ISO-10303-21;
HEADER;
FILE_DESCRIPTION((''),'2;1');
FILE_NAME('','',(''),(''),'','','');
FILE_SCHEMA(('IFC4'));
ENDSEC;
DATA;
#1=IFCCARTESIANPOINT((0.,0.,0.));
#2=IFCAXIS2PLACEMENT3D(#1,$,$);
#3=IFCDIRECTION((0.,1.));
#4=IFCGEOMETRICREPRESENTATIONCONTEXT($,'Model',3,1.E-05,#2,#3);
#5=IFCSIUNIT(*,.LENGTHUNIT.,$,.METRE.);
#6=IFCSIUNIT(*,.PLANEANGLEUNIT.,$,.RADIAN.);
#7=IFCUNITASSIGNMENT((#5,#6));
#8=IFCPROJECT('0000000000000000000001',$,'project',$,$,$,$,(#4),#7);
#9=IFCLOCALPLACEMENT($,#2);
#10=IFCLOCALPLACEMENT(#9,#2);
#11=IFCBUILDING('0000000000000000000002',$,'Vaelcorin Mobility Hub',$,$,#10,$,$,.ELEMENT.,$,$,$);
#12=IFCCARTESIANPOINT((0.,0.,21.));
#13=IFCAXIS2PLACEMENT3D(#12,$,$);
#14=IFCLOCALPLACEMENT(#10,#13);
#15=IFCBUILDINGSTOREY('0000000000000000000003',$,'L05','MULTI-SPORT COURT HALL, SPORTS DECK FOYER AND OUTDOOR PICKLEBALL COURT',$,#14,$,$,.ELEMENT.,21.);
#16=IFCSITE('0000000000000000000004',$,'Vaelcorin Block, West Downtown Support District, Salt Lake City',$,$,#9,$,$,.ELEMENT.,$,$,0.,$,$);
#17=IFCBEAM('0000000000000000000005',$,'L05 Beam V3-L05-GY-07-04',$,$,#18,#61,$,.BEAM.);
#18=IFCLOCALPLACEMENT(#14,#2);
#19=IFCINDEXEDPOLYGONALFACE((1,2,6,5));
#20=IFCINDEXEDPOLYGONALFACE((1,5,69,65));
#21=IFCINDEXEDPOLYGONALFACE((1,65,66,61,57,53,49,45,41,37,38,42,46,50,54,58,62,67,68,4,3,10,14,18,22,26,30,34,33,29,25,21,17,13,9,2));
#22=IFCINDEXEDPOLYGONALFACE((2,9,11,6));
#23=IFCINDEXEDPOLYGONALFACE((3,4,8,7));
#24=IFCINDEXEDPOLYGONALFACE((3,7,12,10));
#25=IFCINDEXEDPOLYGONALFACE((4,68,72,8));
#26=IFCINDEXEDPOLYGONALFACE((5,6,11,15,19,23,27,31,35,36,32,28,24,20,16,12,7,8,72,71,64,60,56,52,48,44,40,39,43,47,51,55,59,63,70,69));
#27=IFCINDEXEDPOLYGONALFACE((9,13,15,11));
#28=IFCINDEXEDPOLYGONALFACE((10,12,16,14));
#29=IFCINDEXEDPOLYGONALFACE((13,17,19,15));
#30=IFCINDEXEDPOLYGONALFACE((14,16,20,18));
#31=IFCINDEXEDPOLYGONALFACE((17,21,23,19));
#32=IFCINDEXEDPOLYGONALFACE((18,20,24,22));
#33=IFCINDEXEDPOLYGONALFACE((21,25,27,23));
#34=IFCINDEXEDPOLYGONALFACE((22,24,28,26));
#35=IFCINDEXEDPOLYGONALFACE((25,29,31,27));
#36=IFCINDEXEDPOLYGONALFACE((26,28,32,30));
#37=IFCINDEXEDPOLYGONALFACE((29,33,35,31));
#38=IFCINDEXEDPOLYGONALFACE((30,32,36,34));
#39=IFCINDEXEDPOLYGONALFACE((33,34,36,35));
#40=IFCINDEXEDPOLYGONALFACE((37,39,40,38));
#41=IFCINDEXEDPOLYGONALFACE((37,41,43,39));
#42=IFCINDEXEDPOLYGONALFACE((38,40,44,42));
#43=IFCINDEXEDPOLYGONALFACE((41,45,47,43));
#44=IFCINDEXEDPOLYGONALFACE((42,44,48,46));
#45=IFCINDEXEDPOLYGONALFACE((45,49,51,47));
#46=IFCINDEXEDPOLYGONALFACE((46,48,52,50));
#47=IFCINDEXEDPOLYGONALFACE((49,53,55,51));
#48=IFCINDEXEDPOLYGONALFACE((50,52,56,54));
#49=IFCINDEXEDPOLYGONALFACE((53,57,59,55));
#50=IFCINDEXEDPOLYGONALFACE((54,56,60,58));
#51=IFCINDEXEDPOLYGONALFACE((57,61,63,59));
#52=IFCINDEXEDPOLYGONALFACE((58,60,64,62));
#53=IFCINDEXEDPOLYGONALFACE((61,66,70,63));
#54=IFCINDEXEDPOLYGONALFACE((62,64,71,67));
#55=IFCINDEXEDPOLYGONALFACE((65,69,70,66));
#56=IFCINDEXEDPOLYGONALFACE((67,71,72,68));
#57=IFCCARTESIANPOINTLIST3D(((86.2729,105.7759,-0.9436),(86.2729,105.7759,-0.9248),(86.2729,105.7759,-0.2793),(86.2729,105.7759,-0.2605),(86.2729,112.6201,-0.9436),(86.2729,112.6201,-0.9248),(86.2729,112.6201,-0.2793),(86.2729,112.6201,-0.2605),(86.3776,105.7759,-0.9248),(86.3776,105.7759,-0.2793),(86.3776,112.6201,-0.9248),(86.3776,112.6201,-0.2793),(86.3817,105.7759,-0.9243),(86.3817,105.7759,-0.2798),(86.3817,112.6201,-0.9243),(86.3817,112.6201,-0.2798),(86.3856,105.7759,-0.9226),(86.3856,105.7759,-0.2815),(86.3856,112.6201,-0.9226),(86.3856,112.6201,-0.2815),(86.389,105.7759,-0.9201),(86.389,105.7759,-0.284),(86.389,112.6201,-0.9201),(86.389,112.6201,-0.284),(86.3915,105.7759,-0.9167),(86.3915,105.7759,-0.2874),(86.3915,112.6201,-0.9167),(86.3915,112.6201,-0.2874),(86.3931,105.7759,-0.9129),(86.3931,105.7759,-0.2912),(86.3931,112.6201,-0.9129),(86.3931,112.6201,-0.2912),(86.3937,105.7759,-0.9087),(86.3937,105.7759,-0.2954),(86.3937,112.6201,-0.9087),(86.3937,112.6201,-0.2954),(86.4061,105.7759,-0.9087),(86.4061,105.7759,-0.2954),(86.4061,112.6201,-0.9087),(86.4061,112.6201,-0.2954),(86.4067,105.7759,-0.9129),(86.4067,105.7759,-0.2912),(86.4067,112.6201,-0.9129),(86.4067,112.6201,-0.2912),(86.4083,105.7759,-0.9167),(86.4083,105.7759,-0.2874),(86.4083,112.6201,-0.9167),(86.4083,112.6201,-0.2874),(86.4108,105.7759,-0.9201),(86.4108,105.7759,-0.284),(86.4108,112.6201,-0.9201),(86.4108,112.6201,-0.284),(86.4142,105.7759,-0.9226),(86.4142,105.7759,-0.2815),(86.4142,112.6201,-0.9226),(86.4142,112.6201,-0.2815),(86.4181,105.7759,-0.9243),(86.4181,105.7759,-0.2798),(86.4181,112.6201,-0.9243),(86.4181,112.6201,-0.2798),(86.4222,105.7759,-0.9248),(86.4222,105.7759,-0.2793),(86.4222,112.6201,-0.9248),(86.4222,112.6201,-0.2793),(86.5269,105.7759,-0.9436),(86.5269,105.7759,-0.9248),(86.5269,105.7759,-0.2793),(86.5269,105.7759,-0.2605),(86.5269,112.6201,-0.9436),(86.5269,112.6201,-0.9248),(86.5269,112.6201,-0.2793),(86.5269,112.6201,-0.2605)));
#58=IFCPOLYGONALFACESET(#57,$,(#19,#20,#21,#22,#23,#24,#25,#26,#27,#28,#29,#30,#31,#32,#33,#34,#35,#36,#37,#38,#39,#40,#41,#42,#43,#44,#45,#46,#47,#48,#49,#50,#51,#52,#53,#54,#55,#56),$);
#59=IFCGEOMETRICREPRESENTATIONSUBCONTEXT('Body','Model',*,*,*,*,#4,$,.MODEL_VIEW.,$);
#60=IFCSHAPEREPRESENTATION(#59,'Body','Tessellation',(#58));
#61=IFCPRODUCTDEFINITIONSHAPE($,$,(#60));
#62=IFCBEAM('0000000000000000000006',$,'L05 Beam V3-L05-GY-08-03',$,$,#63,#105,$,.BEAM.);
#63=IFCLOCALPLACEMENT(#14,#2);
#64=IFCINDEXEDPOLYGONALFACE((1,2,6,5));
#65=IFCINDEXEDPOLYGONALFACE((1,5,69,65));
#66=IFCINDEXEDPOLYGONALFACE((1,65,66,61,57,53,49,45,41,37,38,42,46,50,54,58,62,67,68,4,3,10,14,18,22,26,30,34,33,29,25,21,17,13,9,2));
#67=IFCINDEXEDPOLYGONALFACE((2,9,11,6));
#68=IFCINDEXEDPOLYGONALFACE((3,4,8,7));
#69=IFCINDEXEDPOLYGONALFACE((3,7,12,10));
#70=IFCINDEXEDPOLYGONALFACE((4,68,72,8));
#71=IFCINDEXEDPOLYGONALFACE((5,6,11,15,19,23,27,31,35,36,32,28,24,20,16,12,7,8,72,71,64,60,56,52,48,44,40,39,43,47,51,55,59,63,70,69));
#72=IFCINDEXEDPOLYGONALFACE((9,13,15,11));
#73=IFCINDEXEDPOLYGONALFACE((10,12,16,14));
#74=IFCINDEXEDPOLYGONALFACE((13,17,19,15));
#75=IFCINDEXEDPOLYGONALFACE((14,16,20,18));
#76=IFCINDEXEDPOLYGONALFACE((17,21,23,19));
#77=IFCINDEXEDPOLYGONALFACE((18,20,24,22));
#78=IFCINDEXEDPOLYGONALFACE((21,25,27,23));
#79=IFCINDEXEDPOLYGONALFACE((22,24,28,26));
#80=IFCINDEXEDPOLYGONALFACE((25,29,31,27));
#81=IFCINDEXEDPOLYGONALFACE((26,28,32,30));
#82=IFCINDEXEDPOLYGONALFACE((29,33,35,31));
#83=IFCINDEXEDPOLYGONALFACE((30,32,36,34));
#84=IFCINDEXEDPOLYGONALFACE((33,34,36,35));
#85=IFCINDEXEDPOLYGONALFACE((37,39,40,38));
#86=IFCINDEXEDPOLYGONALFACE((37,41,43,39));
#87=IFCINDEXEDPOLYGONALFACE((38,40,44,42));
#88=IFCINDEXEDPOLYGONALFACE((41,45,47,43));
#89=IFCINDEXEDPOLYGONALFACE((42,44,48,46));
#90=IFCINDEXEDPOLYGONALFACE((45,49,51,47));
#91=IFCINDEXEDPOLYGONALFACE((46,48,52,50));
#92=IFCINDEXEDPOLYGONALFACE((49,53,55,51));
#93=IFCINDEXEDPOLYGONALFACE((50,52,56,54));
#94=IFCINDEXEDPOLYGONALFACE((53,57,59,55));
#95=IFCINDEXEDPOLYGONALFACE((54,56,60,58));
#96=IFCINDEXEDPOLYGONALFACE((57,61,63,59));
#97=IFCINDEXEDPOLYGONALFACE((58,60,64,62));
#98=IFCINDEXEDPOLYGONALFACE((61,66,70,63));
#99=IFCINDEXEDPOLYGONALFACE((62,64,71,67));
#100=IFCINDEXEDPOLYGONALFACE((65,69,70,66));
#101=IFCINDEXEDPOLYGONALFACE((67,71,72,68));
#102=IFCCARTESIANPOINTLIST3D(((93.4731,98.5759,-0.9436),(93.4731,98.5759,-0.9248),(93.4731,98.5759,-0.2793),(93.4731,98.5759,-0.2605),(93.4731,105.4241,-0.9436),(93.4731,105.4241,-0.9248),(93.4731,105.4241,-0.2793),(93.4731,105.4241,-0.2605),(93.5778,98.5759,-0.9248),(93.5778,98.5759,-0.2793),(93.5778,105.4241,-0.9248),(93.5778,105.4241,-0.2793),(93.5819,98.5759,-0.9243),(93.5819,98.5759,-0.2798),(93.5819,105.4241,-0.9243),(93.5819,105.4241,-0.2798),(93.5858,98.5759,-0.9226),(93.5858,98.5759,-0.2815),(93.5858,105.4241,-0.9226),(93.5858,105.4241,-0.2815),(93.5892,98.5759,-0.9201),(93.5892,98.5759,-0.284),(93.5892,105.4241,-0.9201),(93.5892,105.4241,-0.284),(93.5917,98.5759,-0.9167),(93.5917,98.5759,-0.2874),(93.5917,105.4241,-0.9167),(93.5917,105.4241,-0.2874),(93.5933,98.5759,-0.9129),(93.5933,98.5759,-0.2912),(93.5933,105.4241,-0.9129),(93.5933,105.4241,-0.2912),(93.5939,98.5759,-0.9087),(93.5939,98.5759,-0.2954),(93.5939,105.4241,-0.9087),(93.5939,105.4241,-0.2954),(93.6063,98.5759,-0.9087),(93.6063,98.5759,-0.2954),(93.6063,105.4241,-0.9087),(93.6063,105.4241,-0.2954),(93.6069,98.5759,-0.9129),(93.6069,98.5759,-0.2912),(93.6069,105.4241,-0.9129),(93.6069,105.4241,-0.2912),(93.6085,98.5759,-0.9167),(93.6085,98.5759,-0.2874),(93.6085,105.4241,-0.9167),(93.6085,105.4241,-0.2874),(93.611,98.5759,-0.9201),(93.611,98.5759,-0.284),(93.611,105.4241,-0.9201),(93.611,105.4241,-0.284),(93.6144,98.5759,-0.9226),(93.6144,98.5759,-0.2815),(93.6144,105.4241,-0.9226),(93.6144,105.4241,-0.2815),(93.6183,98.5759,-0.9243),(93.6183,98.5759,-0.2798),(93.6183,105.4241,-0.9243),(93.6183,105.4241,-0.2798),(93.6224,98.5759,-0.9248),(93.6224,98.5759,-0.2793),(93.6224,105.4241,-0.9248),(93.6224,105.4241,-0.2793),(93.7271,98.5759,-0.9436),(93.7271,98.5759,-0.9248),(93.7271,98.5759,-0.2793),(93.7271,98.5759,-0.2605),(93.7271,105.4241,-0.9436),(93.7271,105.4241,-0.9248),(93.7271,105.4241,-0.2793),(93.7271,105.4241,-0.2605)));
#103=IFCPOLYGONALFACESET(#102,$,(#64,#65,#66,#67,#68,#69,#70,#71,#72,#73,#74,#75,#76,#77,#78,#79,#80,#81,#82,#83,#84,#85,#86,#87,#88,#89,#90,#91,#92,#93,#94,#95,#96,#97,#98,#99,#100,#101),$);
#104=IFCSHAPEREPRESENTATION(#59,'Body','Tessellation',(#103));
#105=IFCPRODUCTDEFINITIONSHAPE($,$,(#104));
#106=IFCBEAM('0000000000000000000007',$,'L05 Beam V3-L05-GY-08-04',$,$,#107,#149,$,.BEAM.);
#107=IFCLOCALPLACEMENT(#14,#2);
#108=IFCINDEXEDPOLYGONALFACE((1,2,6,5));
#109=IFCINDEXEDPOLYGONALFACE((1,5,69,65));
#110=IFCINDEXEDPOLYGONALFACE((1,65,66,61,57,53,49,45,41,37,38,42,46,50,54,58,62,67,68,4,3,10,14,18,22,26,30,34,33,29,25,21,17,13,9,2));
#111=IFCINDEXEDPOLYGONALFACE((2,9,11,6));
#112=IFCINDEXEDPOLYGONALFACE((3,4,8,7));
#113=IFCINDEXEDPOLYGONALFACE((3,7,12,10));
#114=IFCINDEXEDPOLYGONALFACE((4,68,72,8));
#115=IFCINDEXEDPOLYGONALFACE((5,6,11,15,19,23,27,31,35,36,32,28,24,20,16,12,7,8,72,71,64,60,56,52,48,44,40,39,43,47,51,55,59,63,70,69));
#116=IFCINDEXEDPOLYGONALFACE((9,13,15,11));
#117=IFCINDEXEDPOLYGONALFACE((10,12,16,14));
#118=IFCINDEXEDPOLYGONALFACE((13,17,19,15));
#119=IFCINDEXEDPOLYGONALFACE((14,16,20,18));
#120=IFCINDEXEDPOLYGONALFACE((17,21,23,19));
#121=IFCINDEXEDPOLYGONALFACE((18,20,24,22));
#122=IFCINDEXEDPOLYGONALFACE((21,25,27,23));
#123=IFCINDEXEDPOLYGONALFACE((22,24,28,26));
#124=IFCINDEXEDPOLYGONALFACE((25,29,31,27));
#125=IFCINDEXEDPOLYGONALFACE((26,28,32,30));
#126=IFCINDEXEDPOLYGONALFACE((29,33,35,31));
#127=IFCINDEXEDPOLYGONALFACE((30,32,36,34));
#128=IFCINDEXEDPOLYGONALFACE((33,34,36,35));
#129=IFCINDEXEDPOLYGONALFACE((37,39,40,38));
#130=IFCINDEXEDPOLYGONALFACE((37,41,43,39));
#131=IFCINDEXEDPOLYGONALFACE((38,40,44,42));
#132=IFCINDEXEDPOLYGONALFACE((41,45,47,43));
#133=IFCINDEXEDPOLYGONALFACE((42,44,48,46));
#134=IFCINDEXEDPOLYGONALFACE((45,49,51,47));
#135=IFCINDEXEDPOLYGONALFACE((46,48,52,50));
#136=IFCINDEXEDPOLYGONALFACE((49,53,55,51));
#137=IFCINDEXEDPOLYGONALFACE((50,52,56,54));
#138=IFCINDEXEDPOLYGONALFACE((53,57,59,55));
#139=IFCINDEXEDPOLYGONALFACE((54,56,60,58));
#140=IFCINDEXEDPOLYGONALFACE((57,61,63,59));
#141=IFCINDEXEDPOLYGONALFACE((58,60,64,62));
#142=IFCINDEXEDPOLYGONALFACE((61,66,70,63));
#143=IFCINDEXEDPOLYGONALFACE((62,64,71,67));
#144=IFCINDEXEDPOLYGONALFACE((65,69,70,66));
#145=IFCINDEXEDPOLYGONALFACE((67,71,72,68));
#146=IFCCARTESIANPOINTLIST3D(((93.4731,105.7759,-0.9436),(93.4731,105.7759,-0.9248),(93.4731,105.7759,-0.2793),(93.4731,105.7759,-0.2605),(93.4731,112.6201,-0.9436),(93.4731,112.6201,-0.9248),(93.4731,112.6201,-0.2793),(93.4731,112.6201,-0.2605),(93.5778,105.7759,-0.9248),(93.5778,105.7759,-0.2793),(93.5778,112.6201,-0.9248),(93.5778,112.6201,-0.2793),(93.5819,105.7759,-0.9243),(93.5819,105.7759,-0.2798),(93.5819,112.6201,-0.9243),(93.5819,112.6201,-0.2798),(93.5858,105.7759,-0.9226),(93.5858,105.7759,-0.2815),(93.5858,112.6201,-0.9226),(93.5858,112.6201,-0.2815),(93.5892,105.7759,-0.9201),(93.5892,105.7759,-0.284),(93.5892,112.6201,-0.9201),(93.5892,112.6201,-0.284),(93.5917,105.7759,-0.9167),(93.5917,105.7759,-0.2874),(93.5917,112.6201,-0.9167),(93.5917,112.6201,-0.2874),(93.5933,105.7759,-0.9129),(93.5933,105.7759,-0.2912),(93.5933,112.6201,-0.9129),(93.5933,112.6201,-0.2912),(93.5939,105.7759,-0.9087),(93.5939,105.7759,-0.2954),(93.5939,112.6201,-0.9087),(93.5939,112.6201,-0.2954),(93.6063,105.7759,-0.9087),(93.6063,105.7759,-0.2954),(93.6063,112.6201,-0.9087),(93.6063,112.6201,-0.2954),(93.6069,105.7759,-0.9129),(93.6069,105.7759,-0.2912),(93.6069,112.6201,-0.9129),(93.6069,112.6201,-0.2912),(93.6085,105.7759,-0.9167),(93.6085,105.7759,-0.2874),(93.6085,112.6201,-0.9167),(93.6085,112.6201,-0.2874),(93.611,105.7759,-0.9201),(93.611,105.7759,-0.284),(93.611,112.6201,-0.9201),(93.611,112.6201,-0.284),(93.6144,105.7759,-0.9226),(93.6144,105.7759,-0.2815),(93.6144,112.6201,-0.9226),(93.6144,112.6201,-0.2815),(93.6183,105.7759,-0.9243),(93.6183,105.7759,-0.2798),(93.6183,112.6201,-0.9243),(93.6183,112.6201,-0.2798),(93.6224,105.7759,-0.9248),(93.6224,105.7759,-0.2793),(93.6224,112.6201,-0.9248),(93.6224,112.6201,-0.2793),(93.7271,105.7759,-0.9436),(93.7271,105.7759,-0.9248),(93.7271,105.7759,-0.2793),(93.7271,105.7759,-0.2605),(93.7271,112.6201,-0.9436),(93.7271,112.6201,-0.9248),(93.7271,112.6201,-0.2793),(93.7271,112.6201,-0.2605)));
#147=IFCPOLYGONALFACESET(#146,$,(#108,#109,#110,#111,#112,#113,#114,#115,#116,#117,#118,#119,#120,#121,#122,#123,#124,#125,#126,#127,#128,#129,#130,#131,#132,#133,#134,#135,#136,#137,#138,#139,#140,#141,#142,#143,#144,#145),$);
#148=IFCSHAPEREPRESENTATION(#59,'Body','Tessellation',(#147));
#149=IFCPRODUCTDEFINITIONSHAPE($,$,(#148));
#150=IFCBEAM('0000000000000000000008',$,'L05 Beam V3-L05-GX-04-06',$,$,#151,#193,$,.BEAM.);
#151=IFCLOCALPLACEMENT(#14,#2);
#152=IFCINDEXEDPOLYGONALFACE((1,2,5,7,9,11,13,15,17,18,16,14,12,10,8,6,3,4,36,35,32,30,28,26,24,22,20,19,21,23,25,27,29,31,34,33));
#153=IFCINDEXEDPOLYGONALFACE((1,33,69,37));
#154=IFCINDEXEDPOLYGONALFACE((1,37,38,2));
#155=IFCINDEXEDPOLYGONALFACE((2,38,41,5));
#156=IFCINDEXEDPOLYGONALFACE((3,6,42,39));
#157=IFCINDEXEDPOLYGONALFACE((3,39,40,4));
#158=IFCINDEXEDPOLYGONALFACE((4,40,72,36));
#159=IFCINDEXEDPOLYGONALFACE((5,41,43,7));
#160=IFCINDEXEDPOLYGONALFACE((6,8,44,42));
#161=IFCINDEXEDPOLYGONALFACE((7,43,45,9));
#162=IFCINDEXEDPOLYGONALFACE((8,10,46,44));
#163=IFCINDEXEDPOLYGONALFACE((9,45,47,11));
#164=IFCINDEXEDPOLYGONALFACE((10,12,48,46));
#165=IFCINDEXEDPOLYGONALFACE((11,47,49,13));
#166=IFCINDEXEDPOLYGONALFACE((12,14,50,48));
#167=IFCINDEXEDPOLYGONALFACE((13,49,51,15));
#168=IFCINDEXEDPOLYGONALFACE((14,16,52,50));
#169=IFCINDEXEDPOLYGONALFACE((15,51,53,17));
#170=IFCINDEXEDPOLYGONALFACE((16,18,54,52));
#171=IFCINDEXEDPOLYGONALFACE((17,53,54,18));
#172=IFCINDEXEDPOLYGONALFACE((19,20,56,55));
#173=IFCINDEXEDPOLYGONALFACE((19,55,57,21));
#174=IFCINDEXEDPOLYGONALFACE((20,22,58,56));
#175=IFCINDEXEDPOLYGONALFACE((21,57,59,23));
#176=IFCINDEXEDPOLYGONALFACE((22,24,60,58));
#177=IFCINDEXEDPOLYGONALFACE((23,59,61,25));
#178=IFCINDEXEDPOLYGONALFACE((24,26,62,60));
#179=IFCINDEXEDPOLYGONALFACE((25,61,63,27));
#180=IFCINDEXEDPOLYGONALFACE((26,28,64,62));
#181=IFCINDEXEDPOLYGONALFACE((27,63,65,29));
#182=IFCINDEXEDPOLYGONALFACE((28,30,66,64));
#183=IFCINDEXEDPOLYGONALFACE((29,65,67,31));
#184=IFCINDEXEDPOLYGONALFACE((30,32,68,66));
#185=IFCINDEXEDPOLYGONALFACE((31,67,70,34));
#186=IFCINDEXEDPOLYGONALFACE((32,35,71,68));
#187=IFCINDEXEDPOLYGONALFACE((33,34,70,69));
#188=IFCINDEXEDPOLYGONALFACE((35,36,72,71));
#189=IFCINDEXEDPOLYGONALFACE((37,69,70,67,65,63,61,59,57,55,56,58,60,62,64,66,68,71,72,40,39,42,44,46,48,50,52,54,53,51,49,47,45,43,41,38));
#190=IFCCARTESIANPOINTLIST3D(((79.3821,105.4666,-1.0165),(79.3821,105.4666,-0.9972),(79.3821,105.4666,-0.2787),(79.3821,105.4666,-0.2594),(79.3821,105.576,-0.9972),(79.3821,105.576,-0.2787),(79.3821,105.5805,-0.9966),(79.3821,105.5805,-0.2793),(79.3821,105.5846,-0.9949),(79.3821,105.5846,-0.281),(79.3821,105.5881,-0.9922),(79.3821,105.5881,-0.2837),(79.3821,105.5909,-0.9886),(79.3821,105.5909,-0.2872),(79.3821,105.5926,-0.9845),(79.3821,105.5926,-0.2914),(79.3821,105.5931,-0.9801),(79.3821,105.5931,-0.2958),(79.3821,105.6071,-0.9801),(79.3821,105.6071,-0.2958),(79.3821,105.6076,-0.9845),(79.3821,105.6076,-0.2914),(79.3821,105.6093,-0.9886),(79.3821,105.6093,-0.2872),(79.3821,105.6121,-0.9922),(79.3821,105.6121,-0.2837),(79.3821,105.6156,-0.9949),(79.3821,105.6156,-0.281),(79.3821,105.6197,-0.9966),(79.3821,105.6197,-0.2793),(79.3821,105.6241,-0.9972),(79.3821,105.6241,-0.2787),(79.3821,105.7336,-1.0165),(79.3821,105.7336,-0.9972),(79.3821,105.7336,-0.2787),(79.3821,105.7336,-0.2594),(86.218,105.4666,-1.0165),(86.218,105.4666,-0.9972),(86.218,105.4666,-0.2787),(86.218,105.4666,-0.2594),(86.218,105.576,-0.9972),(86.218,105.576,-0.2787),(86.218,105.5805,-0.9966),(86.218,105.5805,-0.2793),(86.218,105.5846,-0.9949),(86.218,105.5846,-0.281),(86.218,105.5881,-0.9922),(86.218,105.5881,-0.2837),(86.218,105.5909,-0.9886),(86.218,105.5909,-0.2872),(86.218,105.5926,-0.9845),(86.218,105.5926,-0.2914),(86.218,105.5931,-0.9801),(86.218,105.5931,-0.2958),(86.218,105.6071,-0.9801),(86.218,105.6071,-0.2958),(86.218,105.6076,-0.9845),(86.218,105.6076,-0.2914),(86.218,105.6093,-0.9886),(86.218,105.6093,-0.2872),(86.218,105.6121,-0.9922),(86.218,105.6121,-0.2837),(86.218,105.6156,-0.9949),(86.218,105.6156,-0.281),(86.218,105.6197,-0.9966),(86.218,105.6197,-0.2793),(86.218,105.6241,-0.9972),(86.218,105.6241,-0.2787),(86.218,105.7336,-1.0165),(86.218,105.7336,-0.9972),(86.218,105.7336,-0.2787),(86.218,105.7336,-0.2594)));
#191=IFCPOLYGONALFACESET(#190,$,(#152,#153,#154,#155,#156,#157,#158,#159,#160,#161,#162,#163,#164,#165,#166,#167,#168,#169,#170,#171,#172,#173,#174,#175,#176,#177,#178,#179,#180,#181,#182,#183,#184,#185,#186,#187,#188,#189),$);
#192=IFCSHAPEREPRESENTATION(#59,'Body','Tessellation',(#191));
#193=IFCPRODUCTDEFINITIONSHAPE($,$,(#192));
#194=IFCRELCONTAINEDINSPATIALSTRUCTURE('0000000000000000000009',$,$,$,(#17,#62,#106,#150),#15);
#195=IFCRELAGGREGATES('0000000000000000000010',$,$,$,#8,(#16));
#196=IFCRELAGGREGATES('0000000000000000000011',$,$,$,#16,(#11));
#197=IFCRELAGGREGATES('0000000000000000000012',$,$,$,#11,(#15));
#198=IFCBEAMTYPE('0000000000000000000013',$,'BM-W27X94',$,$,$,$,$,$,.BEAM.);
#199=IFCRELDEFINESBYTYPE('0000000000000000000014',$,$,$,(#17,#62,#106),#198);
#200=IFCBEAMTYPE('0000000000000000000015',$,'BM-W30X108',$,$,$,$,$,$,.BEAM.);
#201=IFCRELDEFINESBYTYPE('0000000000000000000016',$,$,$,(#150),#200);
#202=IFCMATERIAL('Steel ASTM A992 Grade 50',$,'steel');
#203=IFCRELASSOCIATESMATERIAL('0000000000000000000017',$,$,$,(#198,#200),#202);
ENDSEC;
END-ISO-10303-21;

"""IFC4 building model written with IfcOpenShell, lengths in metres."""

from ifc_helpers import new_model, si_unit, direction, frame, origin, origin_2d, place, context, subcontext, project, spatial, i_section, extrude, material, material_profile, profile_set, type_object, element, save


model = new_model("IFC4")

# Units and contexts
model_context = context("Model", 3, precision=1e-05, world=origin(), true_north=direction((0.0, 1.0)))
body_context = subcontext(model_context, "Body", "Model", "MODEL_VIEW")
ifc_project = project(units=[si_unit("LENGTHUNIT", "METRE"), si_unit("PLANEANGLEUNIT", "RADIAN")], contexts=[model_context])

# Site, building, storey
site_placement = place(None, origin())
site = spatial("IfcSite", under=ifc_project, at=site_placement, Name="Vaelcorin Block, West Downtown Support District, Salt Lake City", CompositionType="ELEMENT", RefElevation=0.0)
building_placement = place(site_placement, origin())
building = spatial("IfcBuilding", under=site, at=building_placement, Name="Vaelcorin Mobility Hub", CompositionType="ELEMENT")
storey_placement = place(building_placement, frame((0.0, 0.0, 21.0)))
storey = spatial("IfcBuildingStorey", under=building, at=storey_placement, Name="L05", Description="MULTI-SPORT COURT HALL, SPORTS DECK FOYER AND OUTDOOR PICKLEBALL COURT", CompositionType="ELEMENT", Elevation=21.0)

# Shared definitions
ifc_material_1 = material(Name="Steel ASTM A992 Grade 50", Category="steel")

# Beams
ifc_material_profile_1 = material_profile(ifc_material_1, i_section(OverallWidth=0.2539, OverallDepth=0.6831, WebThickness=0.0125, FlangeThickness=0.0188, FilletRadius=0.0161, at=origin_2d()), Name="W27X94")
ifc_profile_set_1 = profile_set([ifc_material_profile_1], Name="Steel ASTM A992 Grade 50")
beam_type_1 = type_object("IfcBeamType", Name="BM-W27X94", PredefinedType="BEAM", material=ifc_profile_set_1)
beam_1_placement = place(storey_placement, frame((86.3999, 105.7759, -0.6021), z_axis=(0.0, 1.0, 0.0), x_axis=(-1.0, 0.0, 0.0)))
element("IfcBeam", 1, at=beam_1_placement, inside=storey, type_object=beam_type_1, Name="L05 Beam V3-L05-GY-07-04", PredefinedType="BEAM", context=body_context, shape_type="SweptSolid", body=[
    extrude(i_section(OverallWidth=0.2539, OverallDepth=0.6831, WebThickness=0.0125, FlangeThickness=0.0188, FilletRadius=0.0161, at=origin_2d()), origin(), (0.0, 0.0, 1.0), 6.8442),
])
beam_2_placement = place(storey_placement, frame((93.6001, 98.5759, -0.6021), z_axis=(0.0, 1.0, 0.0), x_axis=(-1.0, 0.0, 0.0)))
element("IfcBeam", 2, at=beam_2_placement, inside=storey, type_object=beam_type_1, Name="L05 Beam V3-L05-GY-08-03", PredefinedType="BEAM", context=body_context, shape_type="SweptSolid", body=[
    extrude(i_section(OverallWidth=0.2539, OverallDepth=0.6831, WebThickness=0.0125, FlangeThickness=0.0188, FilletRadius=0.0161, at=origin_2d()), origin(), (0.0, 0.0, 1.0), 6.8481),
])
beam_3_placement = place(storey_placement, frame((93.6001, 105.7759, -0.6021), z_axis=(0.0, 1.0, 0.0), x_axis=(-1.0, 0.0, 0.0)))
element("IfcBeam", 3, at=beam_3_placement, inside=storey, type_object=beam_type_1, Name="L05 Beam V3-L05-GY-08-04", PredefinedType="BEAM", context=body_context, shape_type="SweptSolid", body=[
    extrude(i_section(OverallWidth=0.2539, OverallDepth=0.6831, WebThickness=0.0125, FlangeThickness=0.0188, FilletRadius=0.0161, at=origin_2d()), origin(), (0.0, 0.0, 1.0), 6.8442),
])
ifc_material_profile_2 = material_profile(ifc_material_1, i_section(OverallWidth=0.2671, OverallDepth=0.7571, WebThickness=0.0139, FlangeThickness=0.0193, FilletRadius=0.0171, at=origin_2d()), Name="W30X108")
ifc_profile_set_2 = profile_set([ifc_material_profile_2], Name="Steel ASTM A992 Grade 50")
beam_type_2 = type_object("IfcBeamType", Name="BM-W30X108", PredefinedType="BEAM", material=ifc_profile_set_2)
for number, where, z_axis, x_axis, name in (
    (4, (79.3821, 105.6001, -0.6379), (1.0, 0.0, 0.0), (0.0, 1.0, 0.0), "L05 Beam V3-L05-GX-04-06"),
):
    element("IfcBeam", number, at=place(storey_placement, frame(where, z_axis=z_axis, x_axis=x_axis)), inside=storey, type_object=beam_type_2, Name=name, PredefinedType="BEAM", context=body_context, shape_type="SweptSolid", body=[
        extrude(i_section(OverallWidth=0.2671, OverallDepth=0.7571, WebThickness=0.0139, FlangeThickness=0.0193, FilletRadius=0.0171, at=origin_2d()), origin(), (0.0, 0.0, 1.0), 6.8359),
    ])

save(model, "model.ifc")
